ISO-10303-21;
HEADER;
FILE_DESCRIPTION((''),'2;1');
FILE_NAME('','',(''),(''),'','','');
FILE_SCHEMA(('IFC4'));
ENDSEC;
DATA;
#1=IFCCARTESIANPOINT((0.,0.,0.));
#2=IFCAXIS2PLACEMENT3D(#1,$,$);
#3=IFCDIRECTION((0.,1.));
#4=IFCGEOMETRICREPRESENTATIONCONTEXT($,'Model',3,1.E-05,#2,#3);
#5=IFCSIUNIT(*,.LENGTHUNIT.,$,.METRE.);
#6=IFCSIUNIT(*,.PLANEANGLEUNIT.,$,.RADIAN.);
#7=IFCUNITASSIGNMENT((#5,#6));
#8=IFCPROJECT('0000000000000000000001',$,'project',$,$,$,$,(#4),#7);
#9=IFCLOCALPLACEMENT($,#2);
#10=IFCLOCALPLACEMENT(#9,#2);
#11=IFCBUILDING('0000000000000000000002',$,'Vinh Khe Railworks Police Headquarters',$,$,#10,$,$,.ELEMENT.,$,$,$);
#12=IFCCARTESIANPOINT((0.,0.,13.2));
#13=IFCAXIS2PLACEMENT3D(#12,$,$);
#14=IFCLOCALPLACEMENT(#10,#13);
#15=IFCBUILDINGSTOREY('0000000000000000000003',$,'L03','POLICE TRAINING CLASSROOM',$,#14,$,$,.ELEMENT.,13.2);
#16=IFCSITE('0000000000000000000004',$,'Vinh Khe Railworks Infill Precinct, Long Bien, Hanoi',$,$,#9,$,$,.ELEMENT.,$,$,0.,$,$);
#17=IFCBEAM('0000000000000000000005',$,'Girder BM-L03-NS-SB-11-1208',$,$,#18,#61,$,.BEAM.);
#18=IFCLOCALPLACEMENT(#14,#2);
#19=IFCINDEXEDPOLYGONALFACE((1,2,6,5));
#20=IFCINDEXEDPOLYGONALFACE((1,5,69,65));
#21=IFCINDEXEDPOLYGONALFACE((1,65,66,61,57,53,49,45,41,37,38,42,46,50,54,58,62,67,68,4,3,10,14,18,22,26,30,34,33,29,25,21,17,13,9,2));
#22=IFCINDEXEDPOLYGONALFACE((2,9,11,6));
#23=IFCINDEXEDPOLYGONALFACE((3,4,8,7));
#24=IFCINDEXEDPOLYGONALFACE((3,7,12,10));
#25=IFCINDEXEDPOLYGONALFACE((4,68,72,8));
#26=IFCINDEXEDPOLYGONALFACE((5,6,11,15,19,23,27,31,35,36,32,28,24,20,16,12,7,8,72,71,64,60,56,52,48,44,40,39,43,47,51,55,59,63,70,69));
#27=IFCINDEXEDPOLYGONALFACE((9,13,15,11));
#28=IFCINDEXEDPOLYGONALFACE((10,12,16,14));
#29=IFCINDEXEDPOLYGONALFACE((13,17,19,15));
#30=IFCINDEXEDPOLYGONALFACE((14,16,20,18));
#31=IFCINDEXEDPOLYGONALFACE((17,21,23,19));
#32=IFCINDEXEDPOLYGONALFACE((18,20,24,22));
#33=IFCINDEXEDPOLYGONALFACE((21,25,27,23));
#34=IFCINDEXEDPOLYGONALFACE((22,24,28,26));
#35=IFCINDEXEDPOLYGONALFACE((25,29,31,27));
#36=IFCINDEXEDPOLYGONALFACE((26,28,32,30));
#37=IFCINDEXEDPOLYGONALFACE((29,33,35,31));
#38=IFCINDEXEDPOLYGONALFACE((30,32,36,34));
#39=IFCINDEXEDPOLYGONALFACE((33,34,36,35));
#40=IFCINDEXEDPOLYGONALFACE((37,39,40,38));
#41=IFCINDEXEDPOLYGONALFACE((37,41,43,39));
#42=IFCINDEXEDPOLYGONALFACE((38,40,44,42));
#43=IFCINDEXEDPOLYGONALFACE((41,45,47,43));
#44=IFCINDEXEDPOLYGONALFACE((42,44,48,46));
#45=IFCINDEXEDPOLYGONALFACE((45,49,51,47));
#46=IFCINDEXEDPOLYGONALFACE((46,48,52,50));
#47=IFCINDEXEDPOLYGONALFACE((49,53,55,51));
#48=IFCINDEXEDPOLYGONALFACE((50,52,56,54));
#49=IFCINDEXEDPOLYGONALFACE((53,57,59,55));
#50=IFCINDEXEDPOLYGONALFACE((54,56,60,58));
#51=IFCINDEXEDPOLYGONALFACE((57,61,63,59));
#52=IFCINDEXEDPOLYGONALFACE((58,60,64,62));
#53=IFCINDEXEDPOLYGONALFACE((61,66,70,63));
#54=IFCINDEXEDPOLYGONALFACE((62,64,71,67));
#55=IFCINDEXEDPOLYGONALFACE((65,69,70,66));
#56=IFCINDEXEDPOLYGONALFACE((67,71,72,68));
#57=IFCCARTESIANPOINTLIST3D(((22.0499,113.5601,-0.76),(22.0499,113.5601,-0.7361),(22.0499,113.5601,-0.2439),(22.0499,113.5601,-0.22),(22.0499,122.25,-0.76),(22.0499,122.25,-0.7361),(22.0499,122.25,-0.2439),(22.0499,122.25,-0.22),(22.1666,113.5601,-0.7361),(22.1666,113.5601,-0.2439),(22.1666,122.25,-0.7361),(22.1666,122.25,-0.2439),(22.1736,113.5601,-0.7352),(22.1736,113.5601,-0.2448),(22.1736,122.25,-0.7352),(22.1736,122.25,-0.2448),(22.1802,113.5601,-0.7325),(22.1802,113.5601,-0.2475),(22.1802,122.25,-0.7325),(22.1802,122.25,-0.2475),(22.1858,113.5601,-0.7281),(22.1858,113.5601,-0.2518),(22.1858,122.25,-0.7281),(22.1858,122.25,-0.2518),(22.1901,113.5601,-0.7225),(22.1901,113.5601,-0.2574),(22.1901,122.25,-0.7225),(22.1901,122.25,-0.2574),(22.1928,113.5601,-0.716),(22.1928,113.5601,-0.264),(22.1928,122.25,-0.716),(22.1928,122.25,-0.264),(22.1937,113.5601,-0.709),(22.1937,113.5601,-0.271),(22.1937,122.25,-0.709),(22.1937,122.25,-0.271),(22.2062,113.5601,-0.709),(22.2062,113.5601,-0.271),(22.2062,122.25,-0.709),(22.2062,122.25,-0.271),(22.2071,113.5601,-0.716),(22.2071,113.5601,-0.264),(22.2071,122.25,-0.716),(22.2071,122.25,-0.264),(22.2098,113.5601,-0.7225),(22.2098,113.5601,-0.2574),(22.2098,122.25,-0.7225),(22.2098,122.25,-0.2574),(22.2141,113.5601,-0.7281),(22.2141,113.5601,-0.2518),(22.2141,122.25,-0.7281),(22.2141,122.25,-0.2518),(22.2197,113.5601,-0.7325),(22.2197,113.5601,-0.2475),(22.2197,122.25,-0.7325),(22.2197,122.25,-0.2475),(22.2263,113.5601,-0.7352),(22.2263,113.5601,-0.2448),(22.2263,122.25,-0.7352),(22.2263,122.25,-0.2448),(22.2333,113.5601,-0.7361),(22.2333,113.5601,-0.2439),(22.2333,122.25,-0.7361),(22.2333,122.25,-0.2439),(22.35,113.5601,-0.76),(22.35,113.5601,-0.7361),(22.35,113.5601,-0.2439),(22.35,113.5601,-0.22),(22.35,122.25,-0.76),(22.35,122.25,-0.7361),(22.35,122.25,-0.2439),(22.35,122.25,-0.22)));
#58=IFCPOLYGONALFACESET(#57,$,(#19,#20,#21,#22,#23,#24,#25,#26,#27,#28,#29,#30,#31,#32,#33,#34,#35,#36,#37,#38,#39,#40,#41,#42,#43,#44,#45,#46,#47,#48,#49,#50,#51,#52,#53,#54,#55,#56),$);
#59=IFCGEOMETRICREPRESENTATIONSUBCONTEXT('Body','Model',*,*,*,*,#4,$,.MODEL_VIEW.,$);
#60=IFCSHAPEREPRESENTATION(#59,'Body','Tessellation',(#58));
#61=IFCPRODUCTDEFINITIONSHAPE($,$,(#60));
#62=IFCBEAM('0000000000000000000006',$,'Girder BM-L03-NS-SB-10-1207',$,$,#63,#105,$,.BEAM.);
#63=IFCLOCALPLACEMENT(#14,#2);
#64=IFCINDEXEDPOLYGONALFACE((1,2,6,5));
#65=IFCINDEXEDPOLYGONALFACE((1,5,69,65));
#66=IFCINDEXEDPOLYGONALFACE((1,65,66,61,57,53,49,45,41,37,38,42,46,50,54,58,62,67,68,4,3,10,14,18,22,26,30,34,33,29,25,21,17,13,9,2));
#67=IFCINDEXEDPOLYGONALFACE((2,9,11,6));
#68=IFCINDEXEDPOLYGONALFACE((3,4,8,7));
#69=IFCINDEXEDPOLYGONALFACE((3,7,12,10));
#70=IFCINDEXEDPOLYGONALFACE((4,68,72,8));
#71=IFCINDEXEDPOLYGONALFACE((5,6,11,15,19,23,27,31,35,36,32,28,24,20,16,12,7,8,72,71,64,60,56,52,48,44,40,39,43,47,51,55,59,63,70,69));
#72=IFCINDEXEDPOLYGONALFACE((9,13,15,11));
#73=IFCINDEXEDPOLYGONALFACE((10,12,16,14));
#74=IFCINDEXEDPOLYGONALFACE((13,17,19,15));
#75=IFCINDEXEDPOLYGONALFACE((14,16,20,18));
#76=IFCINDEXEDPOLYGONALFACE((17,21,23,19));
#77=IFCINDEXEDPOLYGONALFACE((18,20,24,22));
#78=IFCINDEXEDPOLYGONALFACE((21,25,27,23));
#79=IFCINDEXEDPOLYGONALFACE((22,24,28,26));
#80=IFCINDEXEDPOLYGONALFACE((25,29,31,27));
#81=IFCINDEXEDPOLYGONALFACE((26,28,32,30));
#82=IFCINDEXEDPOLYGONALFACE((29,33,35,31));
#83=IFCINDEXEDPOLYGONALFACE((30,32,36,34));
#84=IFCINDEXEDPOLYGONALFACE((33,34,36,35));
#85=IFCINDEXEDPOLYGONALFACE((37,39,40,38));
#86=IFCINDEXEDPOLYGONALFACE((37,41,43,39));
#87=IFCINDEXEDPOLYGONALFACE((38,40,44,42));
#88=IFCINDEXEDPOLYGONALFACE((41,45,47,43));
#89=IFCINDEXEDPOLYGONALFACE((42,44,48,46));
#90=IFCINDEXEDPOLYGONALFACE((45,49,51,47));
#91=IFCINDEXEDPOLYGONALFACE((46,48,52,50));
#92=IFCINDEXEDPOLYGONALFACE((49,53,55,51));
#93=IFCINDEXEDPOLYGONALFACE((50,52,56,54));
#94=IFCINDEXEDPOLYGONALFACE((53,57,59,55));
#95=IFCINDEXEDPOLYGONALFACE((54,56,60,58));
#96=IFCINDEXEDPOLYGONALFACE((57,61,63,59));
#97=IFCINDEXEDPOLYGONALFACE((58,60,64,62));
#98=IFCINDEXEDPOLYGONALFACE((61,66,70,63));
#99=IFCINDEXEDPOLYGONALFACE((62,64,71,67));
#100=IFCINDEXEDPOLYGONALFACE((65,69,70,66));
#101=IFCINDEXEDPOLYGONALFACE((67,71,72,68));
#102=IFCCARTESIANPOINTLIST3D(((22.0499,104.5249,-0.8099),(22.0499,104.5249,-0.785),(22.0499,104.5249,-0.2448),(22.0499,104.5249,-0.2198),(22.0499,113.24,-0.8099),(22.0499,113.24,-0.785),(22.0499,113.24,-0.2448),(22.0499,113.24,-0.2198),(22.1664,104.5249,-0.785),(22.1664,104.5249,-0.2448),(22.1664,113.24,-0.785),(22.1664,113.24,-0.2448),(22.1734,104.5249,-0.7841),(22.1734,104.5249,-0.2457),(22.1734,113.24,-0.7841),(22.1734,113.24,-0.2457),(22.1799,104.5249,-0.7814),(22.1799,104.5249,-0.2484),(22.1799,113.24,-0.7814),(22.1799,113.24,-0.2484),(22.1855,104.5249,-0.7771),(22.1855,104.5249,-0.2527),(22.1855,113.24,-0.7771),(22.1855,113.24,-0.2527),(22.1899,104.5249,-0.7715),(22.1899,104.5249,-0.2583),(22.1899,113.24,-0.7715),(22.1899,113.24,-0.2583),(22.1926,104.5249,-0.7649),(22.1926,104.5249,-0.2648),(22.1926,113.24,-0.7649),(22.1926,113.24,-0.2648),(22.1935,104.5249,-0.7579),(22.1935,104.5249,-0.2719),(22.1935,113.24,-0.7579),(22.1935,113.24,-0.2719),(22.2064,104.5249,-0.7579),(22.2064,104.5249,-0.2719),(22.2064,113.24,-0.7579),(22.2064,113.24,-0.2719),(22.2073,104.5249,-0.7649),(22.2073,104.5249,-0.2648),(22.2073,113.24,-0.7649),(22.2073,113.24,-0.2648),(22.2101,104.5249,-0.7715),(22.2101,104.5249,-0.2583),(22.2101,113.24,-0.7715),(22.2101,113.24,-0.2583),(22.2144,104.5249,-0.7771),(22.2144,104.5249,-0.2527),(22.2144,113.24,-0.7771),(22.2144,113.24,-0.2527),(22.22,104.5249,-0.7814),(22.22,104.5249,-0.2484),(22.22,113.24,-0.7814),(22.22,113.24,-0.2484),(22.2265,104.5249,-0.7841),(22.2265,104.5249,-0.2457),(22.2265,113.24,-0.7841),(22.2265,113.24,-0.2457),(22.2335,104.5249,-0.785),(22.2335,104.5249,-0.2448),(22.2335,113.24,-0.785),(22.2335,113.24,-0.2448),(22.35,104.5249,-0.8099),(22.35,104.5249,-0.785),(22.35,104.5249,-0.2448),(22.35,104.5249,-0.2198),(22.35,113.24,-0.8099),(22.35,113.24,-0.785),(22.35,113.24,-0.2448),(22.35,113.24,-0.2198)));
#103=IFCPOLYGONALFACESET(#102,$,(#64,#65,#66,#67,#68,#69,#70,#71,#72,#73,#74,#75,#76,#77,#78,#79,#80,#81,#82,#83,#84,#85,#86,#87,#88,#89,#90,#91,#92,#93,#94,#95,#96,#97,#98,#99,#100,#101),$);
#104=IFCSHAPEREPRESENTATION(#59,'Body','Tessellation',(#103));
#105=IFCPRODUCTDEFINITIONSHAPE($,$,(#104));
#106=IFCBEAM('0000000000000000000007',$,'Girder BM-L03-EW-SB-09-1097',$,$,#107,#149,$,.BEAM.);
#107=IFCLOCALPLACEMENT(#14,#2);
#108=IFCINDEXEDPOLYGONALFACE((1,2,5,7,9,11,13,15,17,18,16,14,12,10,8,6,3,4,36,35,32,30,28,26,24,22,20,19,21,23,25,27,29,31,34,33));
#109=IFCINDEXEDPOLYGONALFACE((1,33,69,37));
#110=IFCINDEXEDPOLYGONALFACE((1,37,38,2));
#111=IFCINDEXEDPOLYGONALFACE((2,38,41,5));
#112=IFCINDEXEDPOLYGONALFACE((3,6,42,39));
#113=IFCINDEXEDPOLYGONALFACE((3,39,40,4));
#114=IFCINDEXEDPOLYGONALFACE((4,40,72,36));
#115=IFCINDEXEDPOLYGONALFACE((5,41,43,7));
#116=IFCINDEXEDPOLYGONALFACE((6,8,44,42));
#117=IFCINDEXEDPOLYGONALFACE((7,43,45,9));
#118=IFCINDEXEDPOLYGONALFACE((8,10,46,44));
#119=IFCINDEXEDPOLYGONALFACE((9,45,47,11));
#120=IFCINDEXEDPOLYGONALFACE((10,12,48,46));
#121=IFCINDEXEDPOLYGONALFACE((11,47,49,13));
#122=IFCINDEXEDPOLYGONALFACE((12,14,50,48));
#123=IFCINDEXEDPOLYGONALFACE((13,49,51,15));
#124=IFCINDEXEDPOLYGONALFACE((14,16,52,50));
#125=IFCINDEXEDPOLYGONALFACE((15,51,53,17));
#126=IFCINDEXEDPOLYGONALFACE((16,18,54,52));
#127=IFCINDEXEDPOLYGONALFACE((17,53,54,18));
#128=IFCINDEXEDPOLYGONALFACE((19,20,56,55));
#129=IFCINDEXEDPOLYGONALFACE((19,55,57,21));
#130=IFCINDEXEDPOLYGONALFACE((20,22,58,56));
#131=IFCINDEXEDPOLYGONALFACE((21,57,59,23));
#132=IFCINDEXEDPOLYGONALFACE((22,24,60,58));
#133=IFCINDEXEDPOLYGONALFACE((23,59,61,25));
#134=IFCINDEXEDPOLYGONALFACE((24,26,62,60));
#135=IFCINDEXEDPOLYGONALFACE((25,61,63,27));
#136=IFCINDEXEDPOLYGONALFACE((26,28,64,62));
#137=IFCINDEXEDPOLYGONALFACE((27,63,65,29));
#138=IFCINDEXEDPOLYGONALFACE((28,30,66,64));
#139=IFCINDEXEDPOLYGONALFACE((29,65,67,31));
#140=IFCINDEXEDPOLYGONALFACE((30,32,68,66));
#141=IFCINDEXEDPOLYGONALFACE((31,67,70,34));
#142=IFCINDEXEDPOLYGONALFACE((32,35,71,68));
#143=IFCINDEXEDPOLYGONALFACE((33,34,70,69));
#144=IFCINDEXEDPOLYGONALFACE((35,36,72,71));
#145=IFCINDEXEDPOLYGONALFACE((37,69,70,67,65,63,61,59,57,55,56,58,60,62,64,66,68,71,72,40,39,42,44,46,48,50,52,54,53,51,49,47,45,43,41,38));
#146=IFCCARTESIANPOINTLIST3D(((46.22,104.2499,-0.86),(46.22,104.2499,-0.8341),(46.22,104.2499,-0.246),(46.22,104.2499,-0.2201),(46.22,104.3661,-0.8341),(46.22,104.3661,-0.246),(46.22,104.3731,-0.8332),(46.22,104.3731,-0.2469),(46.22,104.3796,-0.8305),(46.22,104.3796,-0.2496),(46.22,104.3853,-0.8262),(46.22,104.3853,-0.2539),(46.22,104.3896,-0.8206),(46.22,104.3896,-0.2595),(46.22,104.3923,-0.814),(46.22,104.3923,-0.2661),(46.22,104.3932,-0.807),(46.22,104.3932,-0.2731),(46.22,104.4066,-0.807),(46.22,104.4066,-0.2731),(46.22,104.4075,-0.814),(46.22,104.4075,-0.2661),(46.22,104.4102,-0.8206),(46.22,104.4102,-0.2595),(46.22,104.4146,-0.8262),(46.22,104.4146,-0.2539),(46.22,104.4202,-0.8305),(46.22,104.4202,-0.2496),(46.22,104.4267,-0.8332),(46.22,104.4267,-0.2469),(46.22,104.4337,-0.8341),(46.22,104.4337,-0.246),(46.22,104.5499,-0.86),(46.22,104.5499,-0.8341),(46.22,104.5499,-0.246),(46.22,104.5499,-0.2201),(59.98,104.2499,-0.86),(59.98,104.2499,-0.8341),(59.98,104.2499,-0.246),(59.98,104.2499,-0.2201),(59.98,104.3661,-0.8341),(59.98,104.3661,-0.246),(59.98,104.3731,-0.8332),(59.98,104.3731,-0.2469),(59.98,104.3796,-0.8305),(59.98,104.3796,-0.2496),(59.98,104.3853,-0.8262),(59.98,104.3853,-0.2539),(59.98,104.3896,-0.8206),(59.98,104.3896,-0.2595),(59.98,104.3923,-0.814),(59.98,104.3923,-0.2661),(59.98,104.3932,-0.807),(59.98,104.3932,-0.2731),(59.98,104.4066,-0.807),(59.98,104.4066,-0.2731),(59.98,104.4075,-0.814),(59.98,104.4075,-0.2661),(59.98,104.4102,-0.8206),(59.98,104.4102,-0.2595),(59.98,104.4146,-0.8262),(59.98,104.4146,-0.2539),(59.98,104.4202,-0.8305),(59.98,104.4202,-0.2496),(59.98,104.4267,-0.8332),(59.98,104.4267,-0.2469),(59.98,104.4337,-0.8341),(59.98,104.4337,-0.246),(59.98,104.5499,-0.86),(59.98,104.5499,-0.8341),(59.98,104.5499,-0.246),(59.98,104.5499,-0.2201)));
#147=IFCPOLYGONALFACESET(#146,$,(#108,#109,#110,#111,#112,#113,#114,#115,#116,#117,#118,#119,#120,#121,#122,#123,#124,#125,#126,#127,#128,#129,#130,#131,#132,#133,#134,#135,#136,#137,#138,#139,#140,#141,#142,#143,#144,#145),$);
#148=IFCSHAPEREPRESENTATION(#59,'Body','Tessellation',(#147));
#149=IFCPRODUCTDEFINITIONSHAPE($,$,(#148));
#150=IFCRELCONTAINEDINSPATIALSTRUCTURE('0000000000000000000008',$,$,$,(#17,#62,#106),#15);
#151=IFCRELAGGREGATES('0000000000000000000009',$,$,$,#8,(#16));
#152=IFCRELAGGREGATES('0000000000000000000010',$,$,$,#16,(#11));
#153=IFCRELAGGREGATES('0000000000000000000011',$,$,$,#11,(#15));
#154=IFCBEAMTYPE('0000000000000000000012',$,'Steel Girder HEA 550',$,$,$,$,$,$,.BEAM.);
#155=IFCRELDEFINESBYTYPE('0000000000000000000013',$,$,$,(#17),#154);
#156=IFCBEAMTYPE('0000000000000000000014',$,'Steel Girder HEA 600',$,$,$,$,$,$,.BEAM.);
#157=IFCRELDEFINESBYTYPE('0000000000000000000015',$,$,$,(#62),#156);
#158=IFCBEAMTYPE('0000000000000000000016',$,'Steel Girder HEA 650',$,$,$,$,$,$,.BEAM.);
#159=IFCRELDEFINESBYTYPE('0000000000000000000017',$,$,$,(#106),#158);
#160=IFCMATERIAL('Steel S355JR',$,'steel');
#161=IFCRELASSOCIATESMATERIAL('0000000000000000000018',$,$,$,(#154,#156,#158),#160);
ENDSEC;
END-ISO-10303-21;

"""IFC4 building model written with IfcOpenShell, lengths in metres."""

from ifc_helpers import new_model, si_unit, direction, frame, origin, origin_2d, place, context, subcontext, project, spatial, i_section, extrude, material, material_profile, profile_set, type_object, element, save


model = new_model("IFC4")

# Units and contexts
model_context = context("Model", 3, precision=1e-05, world=origin(), true_north=direction((0.0, 1.0)))
body_context = subcontext(model_context, "Body", "Model", "MODEL_VIEW")
ifc_project = project(units=[si_unit("LENGTHUNIT", "METRE"), si_unit("PLANEANGLEUNIT", "RADIAN")], contexts=[model_context])

# Site, building, storey
site_placement = place(None, origin())
site = spatial("IfcSite", under=ifc_project, at=site_placement, Name="Vinh Khe Railworks Infill Precinct, Long Bien, Hanoi", CompositionType="ELEMENT", RefElevation=0.0)
building_placement = place(site_placement, origin())
building = spatial("IfcBuilding", under=site, at=building_placement, Name="Vinh Khe Railworks Police Headquarters", CompositionType="ELEMENT")
storey_placement = place(building_placement, frame((0.0, 0.0, 13.2)))
storey = spatial("IfcBuildingStorey", under=building, at=storey_placement, Name="L03", Description="POLICE TRAINING CLASSROOM", CompositionType="ELEMENT", Elevation=13.2)

# Shared definitions
ifc_material_1 = material(Name="Steel S355JR", Category="steel")

# Beams
ifc_material_profile_1 = material_profile(ifc_material_1, i_section(OverallWidth=0.3, OverallDepth=0.54, WebThickness=0.0125, FlangeThickness=0.0239, FilletRadius=0.0271, at=origin_2d()), Name="HEA 550")
ifc_profile_set_1 = profile_set([ifc_material_profile_1], Name="Steel S355JR")
beam_type_1 = type_object("IfcBeamType", Name="Steel Girder HEA 550", PredefinedType="BEAM", material=ifc_profile_set_1)
beam_1_placement = place(storey_placement, frame((22.2, 113.5601, -0.49), z_axis=(0.0, 1.0, 0.0), x_axis=(-1.0, 0.0, 0.0)))
element("IfcBeam", 1, at=beam_1_placement, inside=storey, type_object=beam_type_1, Name="Girder BM-L03-NS-SB-11-1208", PredefinedType="BEAM", context=body_context, shape_type="SweptSolid", body=[
    extrude(i_section(OverallWidth=0.3, OverallDepth=0.54, WebThickness=0.0125, FlangeThickness=0.0239, FilletRadius=0.0271, at=origin_2d()), origin(), (0.0, 0.0, 1.0), 8.6899),
])
ifc_material_profile_2 = material_profile(ifc_material_1, i_section(OverallWidth=0.3, OverallDepth=0.5901, WebThickness=0.0129, FlangeThickness=0.0249, FilletRadius=0.0271, at=origin_2d()), Name="HEA 600")
ifc_profile_set_2 = profile_set([ifc_material_profile_2], Name="Steel S355JR")
beam_type_2 = type_object("IfcBeamType", Name="Steel Girder HEA 600", PredefinedType="BEAM", material=ifc_profile_set_2)
beam_2_placement = place(storey_placement, frame((22.2, 104.5249, -0.5149), z_axis=(0.0, 1.0, 0.0), x_axis=(-1.0, 0.0, 0.0)))
element("IfcBeam", 2, at=beam_2_placement, inside=storey, type_object=beam_type_2, Name="Girder BM-L03-NS-SB-10-1207", PredefinedType="BEAM", context=body_context, shape_type="SweptSolid", body=[
    extrude(i_section(OverallWidth=0.3, OverallDepth=0.5901, WebThickness=0.0129, FlangeThickness=0.0249, FilletRadius=0.0271, at=origin_2d()), origin(), (0.0, 0.0, 1.0), 8.7151),
])
ifc_material_profile_3 = material_profile(ifc_material_1, i_section(OverallWidth=0.3, OverallDepth=0.6399, WebThickness=0.0134, FlangeThickness=0.0259, FilletRadius=0.0271, at=origin_2d()), Name="HEA 650")
ifc_profile_set_3 = profile_set([ifc_material_profile_3], Name="Steel S355JR")
beam_type_3 = type_object("IfcBeamType", Name="Steel Girder HEA 650", PredefinedType="BEAM", material=ifc_profile_set_3)
beam_3_placement = place(storey_placement, frame((46.22, 104.3999, -0.54), z_axis=(1.0, 0.0, 0.0), x_axis=(0.0, 1.0, 0.0)))
element("IfcBeam", 3, at=beam_3_placement, inside=storey, type_object=beam_type_3, Name="Girder BM-L03-EW-SB-09-1097", PredefinedType="BEAM", context=body_context, shape_type="SweptSolid", body=[
    extrude(i_section(OverallWidth=0.3, OverallDepth=0.6399, WebThickness=0.0134, FlangeThickness=0.0259, FilletRadius=0.0271, at=origin_2d()), origin(), (0.0, 0.0, 1.0), 13.76),
])

save(model, "model.ifc")
